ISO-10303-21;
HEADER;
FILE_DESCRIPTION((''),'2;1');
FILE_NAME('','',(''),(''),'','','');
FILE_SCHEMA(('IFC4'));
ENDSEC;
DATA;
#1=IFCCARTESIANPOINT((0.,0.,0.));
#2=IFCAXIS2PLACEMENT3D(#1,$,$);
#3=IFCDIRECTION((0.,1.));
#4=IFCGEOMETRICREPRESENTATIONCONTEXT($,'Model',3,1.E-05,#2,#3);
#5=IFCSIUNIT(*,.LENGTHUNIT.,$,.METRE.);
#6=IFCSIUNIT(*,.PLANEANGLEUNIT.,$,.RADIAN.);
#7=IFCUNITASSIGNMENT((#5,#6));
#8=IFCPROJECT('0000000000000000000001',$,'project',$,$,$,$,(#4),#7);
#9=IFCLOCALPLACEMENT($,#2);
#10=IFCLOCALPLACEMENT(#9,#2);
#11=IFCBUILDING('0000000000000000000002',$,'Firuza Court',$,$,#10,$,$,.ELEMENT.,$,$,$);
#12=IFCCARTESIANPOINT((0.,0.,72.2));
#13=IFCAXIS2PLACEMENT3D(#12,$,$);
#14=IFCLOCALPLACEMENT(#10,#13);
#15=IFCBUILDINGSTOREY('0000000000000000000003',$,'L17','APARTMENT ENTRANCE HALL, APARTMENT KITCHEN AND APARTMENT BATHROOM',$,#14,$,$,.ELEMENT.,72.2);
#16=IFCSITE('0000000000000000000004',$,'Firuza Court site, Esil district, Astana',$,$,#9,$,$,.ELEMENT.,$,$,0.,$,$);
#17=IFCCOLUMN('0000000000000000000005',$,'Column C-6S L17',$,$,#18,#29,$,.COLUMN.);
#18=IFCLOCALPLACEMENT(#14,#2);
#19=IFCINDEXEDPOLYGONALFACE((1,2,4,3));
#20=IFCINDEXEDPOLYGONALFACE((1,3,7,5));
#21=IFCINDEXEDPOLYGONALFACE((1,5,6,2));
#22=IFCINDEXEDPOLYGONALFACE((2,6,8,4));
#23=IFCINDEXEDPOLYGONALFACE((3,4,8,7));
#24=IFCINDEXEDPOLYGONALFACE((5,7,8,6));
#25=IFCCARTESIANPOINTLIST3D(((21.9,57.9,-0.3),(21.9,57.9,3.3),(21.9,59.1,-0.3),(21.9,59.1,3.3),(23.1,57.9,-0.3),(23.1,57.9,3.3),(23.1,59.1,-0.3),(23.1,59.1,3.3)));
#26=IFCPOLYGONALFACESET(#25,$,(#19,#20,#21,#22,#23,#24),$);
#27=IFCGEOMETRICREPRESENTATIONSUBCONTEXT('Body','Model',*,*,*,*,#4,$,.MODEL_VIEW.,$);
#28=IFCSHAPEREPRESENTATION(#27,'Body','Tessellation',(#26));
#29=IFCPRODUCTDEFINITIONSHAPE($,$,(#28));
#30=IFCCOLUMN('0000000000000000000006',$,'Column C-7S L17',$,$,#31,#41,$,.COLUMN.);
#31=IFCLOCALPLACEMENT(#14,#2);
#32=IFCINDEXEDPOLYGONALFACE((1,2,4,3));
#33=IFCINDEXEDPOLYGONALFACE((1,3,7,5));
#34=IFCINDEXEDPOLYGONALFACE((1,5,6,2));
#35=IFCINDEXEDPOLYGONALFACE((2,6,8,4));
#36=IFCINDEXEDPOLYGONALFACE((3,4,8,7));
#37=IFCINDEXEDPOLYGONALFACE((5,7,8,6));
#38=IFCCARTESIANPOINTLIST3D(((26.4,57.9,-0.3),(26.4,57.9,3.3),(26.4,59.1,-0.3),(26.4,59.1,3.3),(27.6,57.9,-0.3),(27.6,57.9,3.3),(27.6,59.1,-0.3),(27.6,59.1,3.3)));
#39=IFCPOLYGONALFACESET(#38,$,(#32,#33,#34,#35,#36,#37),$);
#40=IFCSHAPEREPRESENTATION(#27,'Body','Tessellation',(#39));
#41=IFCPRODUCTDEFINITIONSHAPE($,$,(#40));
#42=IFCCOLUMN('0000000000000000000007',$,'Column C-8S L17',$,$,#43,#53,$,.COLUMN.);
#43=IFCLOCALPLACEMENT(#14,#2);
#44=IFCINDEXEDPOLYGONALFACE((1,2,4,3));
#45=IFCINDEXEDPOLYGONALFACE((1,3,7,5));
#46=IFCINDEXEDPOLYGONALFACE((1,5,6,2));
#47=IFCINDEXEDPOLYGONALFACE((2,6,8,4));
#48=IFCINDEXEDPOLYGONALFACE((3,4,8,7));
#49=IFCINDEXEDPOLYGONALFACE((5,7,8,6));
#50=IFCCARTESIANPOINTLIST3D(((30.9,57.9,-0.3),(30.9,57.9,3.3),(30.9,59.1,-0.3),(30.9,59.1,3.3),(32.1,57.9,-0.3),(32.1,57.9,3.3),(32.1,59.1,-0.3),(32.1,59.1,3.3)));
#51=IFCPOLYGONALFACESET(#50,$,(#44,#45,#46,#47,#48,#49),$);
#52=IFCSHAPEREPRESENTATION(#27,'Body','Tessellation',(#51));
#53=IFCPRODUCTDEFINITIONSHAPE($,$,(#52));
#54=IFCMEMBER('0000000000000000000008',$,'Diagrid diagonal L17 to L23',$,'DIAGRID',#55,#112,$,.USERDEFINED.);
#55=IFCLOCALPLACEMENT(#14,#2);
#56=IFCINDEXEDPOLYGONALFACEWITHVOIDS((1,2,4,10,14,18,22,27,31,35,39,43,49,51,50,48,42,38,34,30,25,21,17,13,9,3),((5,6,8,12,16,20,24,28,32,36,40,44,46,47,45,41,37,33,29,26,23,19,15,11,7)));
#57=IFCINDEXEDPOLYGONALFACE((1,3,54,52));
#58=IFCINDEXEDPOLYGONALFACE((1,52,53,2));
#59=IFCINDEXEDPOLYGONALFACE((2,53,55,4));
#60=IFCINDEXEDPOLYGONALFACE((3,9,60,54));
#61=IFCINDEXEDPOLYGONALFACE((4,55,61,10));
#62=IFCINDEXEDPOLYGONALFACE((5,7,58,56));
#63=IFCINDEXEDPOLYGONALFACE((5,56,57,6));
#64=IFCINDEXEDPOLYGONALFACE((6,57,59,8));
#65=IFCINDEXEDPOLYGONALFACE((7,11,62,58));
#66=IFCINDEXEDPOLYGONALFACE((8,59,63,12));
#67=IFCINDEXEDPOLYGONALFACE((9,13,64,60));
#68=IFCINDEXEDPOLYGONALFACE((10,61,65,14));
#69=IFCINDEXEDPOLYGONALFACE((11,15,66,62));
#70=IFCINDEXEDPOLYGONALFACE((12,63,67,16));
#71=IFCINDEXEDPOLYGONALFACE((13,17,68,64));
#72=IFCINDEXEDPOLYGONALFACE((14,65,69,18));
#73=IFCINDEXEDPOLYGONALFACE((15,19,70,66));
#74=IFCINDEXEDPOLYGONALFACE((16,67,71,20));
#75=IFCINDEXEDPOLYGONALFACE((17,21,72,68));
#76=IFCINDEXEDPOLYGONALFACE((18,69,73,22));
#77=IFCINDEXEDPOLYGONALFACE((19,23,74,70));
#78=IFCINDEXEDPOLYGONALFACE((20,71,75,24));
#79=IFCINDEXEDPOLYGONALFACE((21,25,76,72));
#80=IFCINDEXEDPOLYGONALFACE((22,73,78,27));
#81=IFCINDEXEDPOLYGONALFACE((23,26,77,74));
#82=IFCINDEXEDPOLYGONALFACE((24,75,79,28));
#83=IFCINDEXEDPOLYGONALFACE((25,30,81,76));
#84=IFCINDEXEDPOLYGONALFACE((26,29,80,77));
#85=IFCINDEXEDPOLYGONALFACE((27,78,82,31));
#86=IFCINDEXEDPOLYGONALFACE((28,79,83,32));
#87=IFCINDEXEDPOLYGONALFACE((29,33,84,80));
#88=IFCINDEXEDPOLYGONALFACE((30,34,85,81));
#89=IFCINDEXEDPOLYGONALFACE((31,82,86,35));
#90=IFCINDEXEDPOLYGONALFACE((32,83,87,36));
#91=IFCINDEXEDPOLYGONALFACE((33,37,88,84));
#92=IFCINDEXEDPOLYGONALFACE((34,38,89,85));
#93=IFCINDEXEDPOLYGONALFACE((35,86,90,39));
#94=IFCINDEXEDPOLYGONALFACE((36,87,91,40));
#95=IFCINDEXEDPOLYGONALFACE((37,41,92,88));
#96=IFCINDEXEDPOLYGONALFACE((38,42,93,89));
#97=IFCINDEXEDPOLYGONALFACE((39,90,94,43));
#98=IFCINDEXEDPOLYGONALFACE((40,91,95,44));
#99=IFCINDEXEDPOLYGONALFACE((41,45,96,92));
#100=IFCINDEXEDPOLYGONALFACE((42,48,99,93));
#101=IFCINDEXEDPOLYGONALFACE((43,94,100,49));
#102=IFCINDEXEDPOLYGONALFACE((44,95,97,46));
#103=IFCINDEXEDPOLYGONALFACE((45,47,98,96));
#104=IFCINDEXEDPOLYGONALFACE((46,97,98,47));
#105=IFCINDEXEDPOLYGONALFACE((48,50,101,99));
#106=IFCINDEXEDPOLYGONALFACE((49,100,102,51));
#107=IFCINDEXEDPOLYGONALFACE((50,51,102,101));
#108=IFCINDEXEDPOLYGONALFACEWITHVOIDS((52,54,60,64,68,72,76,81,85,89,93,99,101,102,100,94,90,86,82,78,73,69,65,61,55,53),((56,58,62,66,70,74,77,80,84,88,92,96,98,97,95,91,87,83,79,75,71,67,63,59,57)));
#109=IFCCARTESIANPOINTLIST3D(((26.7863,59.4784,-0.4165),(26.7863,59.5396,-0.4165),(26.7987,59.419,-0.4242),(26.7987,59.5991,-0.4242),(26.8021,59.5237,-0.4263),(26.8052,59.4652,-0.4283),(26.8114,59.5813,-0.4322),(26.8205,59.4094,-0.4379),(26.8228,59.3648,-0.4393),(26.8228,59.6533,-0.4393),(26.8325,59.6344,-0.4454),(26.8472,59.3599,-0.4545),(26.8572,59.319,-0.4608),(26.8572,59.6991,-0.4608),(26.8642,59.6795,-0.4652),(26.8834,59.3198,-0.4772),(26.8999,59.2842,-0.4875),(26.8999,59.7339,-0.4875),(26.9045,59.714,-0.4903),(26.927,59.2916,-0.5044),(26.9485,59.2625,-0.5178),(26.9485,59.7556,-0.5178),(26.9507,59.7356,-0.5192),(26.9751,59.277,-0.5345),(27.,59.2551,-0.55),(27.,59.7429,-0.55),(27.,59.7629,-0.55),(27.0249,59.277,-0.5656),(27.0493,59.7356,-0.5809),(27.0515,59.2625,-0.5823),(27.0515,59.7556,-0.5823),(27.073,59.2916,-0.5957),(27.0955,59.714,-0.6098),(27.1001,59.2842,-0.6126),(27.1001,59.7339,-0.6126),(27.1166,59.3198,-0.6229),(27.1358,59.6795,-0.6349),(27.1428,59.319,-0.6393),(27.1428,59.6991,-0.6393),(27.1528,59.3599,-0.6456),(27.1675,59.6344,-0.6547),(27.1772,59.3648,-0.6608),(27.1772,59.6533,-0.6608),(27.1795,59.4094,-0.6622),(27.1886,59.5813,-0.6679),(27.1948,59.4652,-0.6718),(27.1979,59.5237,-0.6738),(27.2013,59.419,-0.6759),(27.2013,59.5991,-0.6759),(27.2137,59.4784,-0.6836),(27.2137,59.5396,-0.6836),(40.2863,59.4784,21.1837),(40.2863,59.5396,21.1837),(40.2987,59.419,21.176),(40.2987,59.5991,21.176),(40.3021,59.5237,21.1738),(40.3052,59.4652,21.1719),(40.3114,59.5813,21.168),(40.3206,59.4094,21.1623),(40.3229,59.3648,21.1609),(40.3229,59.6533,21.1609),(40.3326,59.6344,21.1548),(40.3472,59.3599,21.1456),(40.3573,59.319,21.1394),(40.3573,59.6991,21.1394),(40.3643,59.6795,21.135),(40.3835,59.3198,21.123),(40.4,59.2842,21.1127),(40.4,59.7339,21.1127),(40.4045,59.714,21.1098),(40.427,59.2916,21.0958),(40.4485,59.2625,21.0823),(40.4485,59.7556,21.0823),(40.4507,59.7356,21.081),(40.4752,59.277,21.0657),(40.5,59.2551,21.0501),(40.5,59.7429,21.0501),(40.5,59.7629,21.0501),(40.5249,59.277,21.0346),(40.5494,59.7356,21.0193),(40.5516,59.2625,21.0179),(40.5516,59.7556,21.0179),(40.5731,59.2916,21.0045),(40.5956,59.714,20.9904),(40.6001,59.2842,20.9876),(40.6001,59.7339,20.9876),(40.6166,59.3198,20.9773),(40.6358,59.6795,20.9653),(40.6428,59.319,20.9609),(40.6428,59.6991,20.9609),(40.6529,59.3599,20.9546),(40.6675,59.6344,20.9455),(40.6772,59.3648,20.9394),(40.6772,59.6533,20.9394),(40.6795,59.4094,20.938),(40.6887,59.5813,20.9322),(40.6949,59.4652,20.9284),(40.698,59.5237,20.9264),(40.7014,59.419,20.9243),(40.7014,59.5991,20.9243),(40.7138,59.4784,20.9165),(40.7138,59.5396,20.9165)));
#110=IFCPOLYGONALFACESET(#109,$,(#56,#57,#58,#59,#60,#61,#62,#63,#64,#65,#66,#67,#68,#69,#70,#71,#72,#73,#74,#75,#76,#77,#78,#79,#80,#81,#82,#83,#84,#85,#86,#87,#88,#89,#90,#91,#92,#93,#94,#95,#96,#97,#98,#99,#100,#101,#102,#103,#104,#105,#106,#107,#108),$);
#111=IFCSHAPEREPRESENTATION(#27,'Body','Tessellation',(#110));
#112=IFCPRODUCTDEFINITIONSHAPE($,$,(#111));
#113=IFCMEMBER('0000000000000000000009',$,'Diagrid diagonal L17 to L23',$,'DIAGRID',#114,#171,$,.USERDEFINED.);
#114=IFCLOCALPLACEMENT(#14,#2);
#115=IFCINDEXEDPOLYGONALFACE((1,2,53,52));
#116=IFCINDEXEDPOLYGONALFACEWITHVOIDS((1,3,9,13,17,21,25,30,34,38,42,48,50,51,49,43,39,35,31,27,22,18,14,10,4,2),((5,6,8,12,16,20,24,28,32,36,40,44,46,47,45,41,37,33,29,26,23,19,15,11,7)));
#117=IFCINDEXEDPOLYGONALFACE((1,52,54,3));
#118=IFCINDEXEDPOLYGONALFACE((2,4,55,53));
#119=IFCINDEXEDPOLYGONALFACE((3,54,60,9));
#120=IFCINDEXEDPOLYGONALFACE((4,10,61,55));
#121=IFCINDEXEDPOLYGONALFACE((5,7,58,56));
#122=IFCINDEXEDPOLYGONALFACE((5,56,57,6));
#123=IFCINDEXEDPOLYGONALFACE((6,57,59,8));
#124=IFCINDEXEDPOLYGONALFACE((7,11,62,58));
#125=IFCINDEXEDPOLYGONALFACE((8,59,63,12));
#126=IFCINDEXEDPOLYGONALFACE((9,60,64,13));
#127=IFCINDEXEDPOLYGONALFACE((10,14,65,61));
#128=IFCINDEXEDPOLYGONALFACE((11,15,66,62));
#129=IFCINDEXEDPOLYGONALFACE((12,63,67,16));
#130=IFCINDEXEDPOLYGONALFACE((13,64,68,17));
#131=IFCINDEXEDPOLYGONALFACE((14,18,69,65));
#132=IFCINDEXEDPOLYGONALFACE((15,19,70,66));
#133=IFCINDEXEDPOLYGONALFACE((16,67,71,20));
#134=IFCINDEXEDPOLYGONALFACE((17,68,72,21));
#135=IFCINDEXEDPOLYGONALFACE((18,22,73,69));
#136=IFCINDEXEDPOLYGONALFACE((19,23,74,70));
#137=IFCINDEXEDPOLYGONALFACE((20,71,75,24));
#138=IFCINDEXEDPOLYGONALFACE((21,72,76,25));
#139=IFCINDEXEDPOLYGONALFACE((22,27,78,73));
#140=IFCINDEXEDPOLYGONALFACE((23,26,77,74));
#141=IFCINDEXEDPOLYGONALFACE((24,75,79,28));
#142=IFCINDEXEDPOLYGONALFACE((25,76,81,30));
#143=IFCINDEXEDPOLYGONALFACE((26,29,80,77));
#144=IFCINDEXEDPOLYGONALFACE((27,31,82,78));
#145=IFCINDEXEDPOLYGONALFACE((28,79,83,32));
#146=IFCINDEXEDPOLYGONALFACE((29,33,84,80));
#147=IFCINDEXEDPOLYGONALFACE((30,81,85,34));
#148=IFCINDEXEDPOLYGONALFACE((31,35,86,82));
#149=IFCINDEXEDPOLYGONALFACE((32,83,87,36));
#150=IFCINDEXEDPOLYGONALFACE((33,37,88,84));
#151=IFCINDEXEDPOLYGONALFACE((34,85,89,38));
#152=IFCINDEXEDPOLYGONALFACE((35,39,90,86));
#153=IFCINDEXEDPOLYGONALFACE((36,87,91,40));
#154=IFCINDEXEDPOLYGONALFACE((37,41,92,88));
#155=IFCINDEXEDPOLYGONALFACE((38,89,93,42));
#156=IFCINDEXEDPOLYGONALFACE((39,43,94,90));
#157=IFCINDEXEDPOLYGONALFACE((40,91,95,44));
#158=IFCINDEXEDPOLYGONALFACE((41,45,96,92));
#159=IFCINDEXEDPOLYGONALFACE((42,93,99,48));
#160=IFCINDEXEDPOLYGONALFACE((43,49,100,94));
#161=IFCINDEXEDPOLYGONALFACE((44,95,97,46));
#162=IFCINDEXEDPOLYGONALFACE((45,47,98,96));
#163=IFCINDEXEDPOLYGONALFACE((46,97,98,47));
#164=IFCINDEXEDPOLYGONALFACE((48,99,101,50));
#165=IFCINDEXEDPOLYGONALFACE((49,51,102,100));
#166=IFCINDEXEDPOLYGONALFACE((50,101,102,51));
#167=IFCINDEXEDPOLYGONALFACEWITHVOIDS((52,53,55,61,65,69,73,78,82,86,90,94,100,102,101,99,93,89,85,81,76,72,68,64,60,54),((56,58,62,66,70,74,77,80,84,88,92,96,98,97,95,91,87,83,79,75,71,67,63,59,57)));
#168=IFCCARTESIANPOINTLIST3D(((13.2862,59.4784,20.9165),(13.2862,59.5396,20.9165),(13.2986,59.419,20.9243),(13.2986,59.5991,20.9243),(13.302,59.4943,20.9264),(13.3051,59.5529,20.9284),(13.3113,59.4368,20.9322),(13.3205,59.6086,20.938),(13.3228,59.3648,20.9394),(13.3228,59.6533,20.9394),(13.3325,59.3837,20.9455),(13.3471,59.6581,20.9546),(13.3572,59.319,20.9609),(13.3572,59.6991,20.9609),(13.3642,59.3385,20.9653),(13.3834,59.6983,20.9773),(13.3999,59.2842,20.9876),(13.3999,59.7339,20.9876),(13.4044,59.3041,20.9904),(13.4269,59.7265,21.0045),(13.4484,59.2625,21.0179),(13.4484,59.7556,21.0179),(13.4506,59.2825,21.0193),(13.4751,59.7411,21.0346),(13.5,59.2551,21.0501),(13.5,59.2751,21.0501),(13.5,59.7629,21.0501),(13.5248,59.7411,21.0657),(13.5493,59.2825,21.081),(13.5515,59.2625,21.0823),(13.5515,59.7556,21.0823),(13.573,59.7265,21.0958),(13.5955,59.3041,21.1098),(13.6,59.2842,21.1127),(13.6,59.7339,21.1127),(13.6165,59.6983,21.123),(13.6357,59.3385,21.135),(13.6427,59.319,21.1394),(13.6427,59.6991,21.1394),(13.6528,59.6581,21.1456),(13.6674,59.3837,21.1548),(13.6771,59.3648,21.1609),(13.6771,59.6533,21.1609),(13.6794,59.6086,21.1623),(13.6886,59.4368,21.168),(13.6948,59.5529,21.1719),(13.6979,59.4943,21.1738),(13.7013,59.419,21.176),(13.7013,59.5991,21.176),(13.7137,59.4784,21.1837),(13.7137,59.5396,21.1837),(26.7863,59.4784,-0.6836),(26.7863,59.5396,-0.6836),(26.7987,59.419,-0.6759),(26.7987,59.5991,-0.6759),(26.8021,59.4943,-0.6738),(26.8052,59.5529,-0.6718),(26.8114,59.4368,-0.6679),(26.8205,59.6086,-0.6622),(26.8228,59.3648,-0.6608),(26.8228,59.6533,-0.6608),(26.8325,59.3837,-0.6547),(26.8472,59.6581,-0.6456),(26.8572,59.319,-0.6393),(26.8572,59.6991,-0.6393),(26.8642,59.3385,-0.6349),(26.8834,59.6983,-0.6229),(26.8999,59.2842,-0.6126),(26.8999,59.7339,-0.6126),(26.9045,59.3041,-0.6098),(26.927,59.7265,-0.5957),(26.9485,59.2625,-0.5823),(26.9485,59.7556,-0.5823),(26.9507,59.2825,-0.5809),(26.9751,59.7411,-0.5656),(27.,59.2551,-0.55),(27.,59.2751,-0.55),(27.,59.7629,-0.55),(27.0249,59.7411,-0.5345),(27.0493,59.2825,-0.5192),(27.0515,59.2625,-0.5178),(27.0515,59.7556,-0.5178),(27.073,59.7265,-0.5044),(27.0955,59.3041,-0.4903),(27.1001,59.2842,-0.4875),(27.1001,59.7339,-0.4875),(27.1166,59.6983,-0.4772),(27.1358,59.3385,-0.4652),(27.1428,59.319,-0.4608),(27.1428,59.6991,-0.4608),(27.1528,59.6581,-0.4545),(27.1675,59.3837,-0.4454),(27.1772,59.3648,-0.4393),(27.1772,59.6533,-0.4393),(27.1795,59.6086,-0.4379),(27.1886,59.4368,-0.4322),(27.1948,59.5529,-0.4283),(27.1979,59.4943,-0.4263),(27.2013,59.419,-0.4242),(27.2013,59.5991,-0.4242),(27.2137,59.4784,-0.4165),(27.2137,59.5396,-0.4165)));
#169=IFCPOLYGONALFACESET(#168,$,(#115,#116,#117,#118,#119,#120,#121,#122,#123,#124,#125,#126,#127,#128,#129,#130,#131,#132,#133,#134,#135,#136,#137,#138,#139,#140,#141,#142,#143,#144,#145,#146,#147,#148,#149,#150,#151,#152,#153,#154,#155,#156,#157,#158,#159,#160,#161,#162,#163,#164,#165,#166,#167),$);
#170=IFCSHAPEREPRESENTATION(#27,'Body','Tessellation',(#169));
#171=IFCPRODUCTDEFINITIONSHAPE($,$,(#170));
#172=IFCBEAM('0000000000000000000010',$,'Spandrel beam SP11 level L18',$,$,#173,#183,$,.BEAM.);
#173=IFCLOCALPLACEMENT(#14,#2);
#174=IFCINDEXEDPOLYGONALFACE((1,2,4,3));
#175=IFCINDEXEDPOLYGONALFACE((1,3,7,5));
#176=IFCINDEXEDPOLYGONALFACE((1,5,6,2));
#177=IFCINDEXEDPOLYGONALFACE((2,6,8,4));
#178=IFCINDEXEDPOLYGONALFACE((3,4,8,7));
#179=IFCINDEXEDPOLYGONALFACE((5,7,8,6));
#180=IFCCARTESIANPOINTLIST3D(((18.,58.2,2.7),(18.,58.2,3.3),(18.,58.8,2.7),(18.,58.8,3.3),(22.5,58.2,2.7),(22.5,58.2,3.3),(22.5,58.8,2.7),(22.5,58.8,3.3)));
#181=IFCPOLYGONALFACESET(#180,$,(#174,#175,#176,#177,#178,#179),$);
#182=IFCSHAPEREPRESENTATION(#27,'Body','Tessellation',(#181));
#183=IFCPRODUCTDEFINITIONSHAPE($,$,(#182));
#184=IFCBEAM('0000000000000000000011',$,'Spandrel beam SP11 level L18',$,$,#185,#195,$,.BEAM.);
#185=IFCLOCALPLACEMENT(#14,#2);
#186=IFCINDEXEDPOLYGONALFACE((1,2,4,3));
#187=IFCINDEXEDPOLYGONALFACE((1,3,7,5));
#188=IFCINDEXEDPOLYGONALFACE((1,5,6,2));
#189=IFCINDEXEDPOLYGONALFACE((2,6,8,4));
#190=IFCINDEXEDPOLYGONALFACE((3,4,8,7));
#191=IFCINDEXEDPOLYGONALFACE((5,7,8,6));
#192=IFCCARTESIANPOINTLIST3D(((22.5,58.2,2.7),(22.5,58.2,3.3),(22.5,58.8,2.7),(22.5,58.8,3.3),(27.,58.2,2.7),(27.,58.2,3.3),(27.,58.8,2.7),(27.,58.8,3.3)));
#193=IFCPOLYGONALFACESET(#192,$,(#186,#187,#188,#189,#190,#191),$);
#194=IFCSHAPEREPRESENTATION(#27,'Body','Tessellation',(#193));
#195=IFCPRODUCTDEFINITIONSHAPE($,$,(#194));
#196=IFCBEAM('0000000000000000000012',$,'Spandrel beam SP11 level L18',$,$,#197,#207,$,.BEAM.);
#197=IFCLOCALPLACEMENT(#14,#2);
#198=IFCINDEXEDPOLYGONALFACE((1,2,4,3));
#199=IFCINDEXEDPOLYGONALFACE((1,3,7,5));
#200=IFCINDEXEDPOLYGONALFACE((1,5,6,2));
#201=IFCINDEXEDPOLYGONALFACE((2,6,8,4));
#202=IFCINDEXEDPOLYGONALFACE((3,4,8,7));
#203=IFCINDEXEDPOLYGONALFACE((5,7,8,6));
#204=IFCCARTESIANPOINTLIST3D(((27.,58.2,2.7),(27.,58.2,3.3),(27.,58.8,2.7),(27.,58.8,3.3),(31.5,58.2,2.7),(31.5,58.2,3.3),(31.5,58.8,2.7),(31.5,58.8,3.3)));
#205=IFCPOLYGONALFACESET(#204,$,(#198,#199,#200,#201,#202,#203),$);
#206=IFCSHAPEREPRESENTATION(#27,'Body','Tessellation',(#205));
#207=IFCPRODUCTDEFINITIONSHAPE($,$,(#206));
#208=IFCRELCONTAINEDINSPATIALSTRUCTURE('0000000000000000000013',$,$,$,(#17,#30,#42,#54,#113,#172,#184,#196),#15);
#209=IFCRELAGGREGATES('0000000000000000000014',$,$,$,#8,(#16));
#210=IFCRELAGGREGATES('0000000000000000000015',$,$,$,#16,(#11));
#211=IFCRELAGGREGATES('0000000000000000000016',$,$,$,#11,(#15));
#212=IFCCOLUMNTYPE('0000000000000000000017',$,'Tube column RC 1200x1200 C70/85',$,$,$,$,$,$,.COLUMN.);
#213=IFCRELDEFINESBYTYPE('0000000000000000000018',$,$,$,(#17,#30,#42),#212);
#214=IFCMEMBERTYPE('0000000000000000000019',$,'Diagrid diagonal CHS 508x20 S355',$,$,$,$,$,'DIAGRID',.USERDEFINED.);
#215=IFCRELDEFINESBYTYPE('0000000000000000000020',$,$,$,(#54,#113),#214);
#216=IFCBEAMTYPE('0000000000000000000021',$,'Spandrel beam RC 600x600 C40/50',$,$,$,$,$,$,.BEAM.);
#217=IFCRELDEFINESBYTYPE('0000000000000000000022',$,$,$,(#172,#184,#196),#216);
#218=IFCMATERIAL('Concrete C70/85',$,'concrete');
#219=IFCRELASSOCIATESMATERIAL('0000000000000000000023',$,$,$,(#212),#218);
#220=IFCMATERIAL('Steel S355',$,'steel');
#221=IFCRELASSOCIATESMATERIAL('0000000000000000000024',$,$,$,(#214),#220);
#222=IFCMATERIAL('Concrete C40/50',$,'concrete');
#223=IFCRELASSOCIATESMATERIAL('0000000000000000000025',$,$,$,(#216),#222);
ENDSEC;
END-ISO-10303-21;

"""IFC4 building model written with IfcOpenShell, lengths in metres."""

from ifc_helpers import new_model, si_unit, direction, frame, origin, origin_2d, place, context, subcontext, project, spatial, rectangle, hollow_circle, extrude, material, material_profile, profile_set, type_object, element, save


model = new_model("IFC4")

# Units and contexts
model_context = context("Model", 3, precision=1e-05, world=origin(), true_north=direction((0.0, 1.0)))
body_context = subcontext(model_context, "Body", "Model", "MODEL_VIEW")
ifc_project = project(units=[si_unit("LENGTHUNIT", "METRE"), si_unit("PLANEANGLEUNIT", "RADIAN")], contexts=[model_context])

# Site, building, storey
site_placement = place(None, origin())
site = spatial("IfcSite", under=ifc_project, at=site_placement, Name="Firuza Court site, Esil district, Astana", CompositionType="ELEMENT", RefElevation=0.0)
building_placement = place(site_placement, origin())
building = spatial("IfcBuilding", under=site, at=building_placement, Name="Firuza Court", CompositionType="ELEMENT")
storey_placement = place(building_placement, frame((0.0, 0.0, 72.2)))
storey = spatial("IfcBuildingStorey", under=building, at=storey_placement, Name="L17", Description="APARTMENT ENTRANCE HALL, APARTMENT KITCHEN AND APARTMENT BATHROOM", CompositionType="ELEMENT", Elevation=72.2)

# Columns
ifc_material_1 = material(Name="Concrete C70/85", Category="concrete")
ifc_material_profile_1 = material_profile(ifc_material_1, rectangle(XDim=1.2, YDim=1.2, at=origin_2d()), Name="RC 1200x1200")
ifc_profile_set_1 = profile_set([ifc_material_profile_1], Name="Concrete C70/85")
column_type = type_object("IfcColumnType", Name="Tube column RC 1200x1200 C70/85", PredefinedType="COLUMN", material=ifc_profile_set_1)
for number, where, z_axis, x_axis, name in (
    (1, (22.5, 58.5, -0.3), (0.0, 0.0, 1.0), (1.0, 0.0, 0.0), "Column C-6S L17"),
    (2, (27.0, 58.5, -0.3), (0.0, 0.0, 1.0), (1.0, 0.0, 0.0), "Column C-7S L17"),
    (3, (31.5, 58.5, -0.3), (0.0, 0.0, 1.0), (1.0, 0.0, 0.0), "Column C-8S L17"),
):
    element("IfcColumn", number, at=place(storey_placement, frame(where, z_axis=z_axis, x_axis=x_axis)), inside=storey, type_object=column_type, Name=name, PredefinedType="COLUMN", context=body_context, shape_type="SweptSolid", body=[
        extrude(rectangle(XDim=1.2, YDim=1.2, at=origin_2d()), origin(), (0.0, 0.0, 1.0), 3.6001),
    ])

# Members
ifc_material_2 = material(Name="Steel S355", Category="steel")
ifc_material_profile_2 = material_profile(ifc_material_2, hollow_circle(Radius=0.2539, WallThickness=0.02, at=origin_2d()), Name="CHS 508x20")
ifc_profile_set_2 = profile_set([ifc_material_profile_2], Name="Steel S355")
member_type = type_object("IfcMemberType", Name="Diagrid diagonal CHS 508x20 S355", ElementType="DIAGRID", PredefinedType="USERDEFINED", material=ifc_profile_set_2)
for number, where, z_axis, x_axis, name in (
    (4, (27.0, 59.509, -0.55), (0.529997, 0.0, 0.847999), (0.0, 1.0, 0.0), "Diagrid diagonal L17 to L23"),
    (5, (27.0, 59.509, -0.55), (-0.529997, 0.0, 0.847999), (0.0, -1.0, 0.0), "Diagrid diagonal L17 to L23"),
):
    element("IfcMember", number, at=place(storey_placement, frame(where, z_axis=z_axis, x_axis=x_axis)), inside=storey, type_object=member_type, Name=name, ObjectType="DIAGRID", PredefinedType="USERDEFINED", context=body_context, shape_type="SweptSolid", body=[
        extrude(hollow_circle(Radius=0.2539, WallThickness=0.02, at=origin_2d()), origin(), (0.0, 0.0, 1.0), 25.4719),
    ])

# Beams
ifc_material_3 = material(Name="Concrete C40/50", Category="concrete")
ifc_material_profile_3 = material_profile(ifc_material_3, rectangle(XDim=0.6001, YDim=0.6001, at=origin_2d()), Name="RC 600x600")
ifc_profile_set_3 = profile_set([ifc_material_profile_3], Name="Concrete C40/50")
beam_type = type_object("IfcBeamType", Name="Spandrel beam RC 600x600 C40/50", PredefinedType="BEAM", material=ifc_profile_set_3)
for number, where, z_axis, x_axis, name in (
    (6, (22.5, 58.5, 3.0), (-1.0, 0.0, 0.0), (0.0, -1.0, 0.0), "Spandrel beam SP11 level L18"),
    (7, (27.0, 58.5, 3.0), (-1.0, 0.0, 0.0), (0.0, -1.0, 0.0), "Spandrel beam SP11 level L18"),
    (8, (31.5, 58.5, 3.0), (-1.0, 0.0, 0.0), (0.0, -1.0, 0.0), "Spandrel beam SP11 level L18"),
):
    element("IfcBeam", number, at=place(storey_placement, frame(where, z_axis=z_axis, x_axis=x_axis)), inside=storey, type_object=beam_type, Name=name, PredefinedType="BEAM", context=body_context, shape_type="SweptSolid", body=[
        extrude(rectangle(XDim=0.6001, YDim=0.6001, at=origin_2d()), origin(), (0.0, 0.0, 1.0), 4.5),
    ])

save(model, "model.ifc")
